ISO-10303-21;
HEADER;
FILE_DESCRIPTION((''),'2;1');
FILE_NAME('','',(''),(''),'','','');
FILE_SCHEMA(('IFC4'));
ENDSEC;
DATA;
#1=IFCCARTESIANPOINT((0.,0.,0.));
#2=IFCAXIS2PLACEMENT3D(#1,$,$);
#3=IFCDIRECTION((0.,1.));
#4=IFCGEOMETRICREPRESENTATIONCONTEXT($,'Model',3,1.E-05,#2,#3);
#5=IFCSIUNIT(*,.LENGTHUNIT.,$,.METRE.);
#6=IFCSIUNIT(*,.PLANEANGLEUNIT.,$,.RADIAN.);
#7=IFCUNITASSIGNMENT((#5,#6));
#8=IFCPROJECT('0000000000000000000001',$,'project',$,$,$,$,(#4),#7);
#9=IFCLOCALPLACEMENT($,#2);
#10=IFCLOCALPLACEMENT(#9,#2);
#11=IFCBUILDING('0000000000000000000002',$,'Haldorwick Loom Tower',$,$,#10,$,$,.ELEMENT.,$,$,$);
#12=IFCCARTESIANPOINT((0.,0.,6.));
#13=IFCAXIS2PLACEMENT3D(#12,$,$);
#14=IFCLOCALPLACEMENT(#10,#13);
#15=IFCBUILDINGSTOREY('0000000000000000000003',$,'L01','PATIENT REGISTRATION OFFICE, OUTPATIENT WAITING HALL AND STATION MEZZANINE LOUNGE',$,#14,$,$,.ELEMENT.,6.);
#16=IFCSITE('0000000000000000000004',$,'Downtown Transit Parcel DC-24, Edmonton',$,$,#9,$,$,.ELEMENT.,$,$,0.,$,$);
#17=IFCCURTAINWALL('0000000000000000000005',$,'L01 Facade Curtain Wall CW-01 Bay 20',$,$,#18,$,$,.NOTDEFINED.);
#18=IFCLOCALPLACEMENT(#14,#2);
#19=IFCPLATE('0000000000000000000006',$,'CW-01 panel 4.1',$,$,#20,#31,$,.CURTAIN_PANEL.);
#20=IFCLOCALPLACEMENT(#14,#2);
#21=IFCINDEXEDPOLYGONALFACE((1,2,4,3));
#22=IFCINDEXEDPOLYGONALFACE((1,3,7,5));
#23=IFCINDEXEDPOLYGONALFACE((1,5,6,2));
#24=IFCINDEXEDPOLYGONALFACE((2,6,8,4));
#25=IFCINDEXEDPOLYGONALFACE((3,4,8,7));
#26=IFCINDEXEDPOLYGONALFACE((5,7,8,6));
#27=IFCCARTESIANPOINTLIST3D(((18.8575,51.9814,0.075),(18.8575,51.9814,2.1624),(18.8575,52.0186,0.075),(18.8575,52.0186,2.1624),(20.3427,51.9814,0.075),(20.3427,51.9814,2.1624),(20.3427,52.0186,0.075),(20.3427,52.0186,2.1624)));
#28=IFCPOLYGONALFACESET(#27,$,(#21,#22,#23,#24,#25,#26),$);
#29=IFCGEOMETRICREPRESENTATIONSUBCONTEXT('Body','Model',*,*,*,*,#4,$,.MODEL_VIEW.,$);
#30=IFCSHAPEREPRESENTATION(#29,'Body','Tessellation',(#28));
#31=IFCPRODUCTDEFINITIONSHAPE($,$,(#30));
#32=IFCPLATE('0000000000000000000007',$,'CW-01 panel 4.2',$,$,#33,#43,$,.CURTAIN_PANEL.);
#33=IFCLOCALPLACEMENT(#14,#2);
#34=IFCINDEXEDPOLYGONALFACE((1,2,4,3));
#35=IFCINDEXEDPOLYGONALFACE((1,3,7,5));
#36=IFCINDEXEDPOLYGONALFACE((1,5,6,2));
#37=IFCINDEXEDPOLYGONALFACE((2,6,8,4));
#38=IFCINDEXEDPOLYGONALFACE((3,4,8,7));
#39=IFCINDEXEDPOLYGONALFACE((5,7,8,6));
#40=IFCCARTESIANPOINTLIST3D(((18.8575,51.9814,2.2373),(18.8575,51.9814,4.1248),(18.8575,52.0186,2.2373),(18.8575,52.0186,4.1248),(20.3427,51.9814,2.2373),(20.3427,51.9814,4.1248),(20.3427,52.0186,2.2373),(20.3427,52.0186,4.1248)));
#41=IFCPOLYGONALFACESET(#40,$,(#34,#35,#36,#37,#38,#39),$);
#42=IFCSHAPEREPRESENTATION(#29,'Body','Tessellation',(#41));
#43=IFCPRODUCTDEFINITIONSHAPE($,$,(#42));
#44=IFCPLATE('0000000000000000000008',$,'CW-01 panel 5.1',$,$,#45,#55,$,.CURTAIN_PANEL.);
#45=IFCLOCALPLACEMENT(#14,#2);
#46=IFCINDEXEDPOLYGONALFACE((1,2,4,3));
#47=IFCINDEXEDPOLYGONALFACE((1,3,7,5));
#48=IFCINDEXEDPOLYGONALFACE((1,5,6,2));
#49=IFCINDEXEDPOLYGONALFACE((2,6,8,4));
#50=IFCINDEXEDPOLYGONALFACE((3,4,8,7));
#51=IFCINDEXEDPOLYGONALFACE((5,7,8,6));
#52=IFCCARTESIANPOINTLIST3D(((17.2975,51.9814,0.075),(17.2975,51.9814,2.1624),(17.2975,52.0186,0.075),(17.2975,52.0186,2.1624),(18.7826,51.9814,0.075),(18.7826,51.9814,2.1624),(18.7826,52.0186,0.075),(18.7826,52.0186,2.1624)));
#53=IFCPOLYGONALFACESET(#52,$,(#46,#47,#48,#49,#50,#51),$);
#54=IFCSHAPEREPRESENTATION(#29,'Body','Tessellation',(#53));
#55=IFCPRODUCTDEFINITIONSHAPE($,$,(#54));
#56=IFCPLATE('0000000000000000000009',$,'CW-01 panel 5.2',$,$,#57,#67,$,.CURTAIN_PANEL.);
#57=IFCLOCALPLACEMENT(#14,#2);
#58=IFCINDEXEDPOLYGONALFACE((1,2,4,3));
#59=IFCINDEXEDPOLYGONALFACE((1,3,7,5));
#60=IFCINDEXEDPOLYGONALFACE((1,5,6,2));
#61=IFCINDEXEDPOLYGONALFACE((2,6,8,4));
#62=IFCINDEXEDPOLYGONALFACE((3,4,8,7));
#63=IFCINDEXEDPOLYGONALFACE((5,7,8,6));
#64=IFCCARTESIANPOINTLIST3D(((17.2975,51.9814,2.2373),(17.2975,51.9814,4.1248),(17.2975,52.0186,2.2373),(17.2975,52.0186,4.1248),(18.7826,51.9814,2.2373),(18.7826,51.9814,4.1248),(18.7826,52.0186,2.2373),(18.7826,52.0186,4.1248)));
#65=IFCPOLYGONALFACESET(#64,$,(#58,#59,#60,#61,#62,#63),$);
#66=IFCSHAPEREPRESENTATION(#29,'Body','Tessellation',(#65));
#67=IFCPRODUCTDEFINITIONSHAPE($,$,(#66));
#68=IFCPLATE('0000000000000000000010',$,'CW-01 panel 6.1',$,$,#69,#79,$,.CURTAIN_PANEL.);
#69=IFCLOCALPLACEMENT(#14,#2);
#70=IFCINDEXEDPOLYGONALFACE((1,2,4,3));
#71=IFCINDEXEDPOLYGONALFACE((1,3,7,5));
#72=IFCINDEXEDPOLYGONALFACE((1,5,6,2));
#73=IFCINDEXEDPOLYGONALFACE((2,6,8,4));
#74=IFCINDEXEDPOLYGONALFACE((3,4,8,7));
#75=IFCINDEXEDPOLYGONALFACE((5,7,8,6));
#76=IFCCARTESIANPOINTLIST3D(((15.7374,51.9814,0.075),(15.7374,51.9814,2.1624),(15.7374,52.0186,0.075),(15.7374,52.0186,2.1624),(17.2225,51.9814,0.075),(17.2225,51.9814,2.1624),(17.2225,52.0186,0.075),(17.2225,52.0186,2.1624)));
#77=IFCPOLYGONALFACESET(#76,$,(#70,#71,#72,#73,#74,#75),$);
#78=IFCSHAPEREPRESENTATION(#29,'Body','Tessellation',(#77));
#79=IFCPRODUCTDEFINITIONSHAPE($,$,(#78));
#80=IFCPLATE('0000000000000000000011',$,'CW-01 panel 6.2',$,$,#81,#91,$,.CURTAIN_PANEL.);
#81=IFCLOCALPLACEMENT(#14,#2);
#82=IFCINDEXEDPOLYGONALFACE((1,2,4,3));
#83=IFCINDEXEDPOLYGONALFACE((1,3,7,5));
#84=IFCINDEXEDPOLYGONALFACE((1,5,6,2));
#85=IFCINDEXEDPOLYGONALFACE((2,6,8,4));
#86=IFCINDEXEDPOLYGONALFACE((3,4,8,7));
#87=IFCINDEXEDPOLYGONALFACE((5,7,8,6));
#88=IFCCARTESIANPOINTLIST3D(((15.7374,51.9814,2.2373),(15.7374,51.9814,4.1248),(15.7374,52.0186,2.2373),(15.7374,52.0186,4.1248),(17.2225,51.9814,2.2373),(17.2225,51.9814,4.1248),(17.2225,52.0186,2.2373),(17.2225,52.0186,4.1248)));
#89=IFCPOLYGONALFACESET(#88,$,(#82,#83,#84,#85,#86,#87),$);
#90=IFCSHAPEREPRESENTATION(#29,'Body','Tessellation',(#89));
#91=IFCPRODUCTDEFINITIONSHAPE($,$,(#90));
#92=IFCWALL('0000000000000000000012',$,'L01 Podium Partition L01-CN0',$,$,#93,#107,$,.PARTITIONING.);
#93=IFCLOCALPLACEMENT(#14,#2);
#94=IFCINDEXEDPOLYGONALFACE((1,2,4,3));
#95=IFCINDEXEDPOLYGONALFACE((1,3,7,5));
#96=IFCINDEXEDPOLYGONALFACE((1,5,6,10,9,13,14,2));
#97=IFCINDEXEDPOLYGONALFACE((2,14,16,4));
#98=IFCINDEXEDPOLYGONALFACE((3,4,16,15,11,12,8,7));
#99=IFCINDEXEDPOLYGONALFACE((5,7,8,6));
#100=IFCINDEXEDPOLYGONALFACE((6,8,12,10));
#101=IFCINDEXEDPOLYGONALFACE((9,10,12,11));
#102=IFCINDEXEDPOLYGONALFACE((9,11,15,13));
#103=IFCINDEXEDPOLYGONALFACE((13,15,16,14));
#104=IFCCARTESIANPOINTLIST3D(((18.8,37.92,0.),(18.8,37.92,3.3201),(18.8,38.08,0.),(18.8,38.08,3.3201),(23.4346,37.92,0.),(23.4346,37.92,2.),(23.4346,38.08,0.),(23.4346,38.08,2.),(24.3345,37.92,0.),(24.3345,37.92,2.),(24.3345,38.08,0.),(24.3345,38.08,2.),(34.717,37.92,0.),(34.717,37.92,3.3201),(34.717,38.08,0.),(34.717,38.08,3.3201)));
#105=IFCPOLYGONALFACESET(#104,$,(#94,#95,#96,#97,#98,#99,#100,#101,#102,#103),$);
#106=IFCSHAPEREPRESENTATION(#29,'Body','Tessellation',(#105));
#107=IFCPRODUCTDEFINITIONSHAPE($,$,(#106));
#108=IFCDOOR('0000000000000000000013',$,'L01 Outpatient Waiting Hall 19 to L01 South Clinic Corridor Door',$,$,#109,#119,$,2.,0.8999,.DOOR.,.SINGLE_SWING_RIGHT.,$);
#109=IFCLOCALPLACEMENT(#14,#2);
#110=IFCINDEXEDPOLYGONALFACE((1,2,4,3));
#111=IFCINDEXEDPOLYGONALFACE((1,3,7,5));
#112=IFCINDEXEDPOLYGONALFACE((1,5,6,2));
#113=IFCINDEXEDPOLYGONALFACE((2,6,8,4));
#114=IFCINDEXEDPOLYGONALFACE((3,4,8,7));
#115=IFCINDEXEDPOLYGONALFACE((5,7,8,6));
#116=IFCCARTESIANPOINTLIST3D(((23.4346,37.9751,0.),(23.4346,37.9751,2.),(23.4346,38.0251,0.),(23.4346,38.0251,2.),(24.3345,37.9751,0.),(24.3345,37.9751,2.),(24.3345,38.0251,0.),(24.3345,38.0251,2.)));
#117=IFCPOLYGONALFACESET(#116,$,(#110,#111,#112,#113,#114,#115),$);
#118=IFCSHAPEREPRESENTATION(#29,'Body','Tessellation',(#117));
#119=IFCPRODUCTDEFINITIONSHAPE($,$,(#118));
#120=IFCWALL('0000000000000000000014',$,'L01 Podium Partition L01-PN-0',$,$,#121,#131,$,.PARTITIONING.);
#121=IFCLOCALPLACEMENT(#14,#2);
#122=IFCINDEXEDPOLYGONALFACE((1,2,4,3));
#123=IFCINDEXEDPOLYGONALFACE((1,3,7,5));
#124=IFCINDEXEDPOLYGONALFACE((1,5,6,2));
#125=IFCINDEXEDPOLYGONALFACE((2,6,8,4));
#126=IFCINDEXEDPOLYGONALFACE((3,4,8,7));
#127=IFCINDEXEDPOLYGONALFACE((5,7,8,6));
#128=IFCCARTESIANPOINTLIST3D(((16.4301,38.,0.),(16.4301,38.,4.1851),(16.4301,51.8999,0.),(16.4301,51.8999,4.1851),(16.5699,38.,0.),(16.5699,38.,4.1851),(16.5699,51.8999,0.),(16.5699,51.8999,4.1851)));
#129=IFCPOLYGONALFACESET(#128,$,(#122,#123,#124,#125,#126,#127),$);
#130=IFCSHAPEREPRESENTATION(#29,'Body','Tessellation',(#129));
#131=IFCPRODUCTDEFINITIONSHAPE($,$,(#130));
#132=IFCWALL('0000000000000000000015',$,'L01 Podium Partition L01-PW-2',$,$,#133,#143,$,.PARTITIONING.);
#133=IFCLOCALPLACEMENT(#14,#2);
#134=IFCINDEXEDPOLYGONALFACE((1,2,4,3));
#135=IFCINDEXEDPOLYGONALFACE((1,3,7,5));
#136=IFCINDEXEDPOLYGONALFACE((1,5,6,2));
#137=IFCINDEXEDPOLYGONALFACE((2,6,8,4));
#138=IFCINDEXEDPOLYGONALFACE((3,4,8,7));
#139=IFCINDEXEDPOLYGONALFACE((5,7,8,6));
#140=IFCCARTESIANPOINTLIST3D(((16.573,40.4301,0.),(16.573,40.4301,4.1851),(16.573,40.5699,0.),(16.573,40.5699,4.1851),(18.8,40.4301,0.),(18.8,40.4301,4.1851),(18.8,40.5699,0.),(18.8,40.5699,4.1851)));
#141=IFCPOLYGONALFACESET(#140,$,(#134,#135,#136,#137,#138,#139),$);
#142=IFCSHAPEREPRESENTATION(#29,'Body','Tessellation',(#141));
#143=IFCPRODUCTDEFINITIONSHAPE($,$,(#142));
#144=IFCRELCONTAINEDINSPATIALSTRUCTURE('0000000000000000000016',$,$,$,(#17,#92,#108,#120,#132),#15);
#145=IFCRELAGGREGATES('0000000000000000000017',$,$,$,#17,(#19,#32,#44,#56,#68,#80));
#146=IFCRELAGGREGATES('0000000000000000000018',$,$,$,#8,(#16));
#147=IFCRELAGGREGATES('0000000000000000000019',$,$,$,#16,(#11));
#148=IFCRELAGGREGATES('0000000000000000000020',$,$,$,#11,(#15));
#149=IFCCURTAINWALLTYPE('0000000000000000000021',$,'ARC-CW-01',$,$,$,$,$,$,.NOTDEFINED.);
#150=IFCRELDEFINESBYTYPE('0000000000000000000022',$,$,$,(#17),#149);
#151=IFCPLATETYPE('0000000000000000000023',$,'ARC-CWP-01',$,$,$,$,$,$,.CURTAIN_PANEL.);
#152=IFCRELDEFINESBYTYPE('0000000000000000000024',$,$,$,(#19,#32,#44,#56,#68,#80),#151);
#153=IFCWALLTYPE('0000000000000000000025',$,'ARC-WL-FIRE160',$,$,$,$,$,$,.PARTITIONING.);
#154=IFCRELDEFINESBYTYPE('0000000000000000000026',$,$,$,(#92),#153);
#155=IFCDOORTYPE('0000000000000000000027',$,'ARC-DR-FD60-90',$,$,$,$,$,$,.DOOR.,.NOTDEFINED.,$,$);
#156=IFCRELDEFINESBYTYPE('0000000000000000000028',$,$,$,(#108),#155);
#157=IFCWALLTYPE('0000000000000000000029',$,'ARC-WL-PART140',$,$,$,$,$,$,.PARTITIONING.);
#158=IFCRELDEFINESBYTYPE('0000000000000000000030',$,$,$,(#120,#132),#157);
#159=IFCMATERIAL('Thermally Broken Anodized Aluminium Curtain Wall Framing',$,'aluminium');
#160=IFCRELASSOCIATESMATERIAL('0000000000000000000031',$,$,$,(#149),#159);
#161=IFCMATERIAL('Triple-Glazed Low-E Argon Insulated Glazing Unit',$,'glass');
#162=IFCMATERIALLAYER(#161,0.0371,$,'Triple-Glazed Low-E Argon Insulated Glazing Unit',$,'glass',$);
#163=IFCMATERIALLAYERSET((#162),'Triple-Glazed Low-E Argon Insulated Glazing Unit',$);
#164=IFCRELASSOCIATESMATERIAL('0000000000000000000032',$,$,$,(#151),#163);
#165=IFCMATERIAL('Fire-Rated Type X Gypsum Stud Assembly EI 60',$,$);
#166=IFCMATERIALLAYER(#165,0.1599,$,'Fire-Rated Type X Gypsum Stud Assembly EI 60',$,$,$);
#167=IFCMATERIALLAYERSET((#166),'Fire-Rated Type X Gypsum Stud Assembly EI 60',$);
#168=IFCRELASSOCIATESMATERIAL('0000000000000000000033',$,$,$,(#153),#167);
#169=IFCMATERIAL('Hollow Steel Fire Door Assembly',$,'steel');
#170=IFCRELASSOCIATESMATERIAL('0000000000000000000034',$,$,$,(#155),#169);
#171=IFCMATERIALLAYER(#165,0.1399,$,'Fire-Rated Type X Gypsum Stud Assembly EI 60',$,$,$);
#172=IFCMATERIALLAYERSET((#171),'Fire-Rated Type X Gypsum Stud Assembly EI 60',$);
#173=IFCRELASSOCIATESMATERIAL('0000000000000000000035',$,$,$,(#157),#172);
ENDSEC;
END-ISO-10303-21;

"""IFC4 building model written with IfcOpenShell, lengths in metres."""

from ifc_helpers import new_model, si_unit, direction, frame, frame_2d, origin, origin_2d, place, context, subcontext, project, spatial, rectangle, extrude, material, layer, layer_set, type_object, element, fill, aggregate, save


model = new_model("IFC4")

# Units and contexts
model_context = context("Model", 3, precision=1e-05, world=origin(), true_north=direction((0.0, 1.0)))
body_context = subcontext(model_context, "Body", "Model", "MODEL_VIEW")
ifc_project = project(units=[si_unit("LENGTHUNIT", "METRE"), si_unit("PLANEANGLEUNIT", "RADIAN")], contexts=[model_context])

# Site, building, storey
site_placement = place(None, origin())
site = spatial("IfcSite", under=ifc_project, at=site_placement, Name="Downtown Transit Parcel DC-24, Edmonton", CompositionType="ELEMENT", RefElevation=0.0)
building_placement = place(site_placement, origin())
building = spatial("IfcBuilding", under=site, at=building_placement, Name="Haldorwick Loom Tower", CompositionType="ELEMENT")
storey_placement = place(building_placement, frame((0.0, 0.0, 6.0)))
storey = spatial("IfcBuildingStorey", under=building, at=storey_placement, Name="L01", Description="PATIENT REGISTRATION OFFICE, OUTPATIENT WAITING HALL AND STATION MEZZANINE LOUNGE", CompositionType="ELEMENT", Elevation=6.0)

# Curtain wall, plates
ifc_material_1 = material(Name="Thermally Broken Anodized Aluminium Curtain Wall Framing", Category="aluminium")
curtain_wall_type = type_object("IfcCurtainWallType", Name="ARC-CW-01", PredefinedType="NOTDEFINED", material=ifc_material_1)
curtain_wall_placement = place(storey_placement, origin())
curtain_wall = element("IfcCurtainWall", 1, at=curtain_wall_placement, inside=storey, type_object=curtain_wall_type, Name="L01 Facade Curtain Wall CW-01 Bay 20", PredefinedType="NOTDEFINED")
ifc_material_2 = material(Name="Triple-Glazed Low-E Argon Insulated Glazing Unit", Category="glass")
ifc_layer_1 = layer(ifc_material_2, 0.0371, Name="Triple-Glazed Low-E Argon Insulated Glazing Unit", Category="glass")
ifc_layer_set_1 = layer_set([ifc_layer_1], Name="Triple-Glazed Low-E Argon Insulated Glazing Unit")
plate_type = type_object("IfcPlateType", Name="ARC-CWP-01", PredefinedType="CURTAIN_PANEL", material=ifc_layer_set_1)
plate_1_placement = place(storey_placement, frame((19.6001, 52.0, 0.075), z_axis=(0.0, 0.0, 1.0), x_axis=(-1.0, 0.0, 0.0)))
plate_1 = element("IfcPlate", 2, at=plate_1_placement, type_object=plate_type, Name="CW-01 panel 4.1", PredefinedType="CURTAIN_PANEL", context=body_context, shape_type="SweptSolid", body=[
    extrude(rectangle(XDim=1.4851, YDim=0.0371, at=origin_2d()), origin(), (0.0, 0.0, 1.0), 2.0874),
])
plate_2_placement = place(storey_placement, frame((19.6001, 52.0, 2.2373), z_axis=(0.0, 0.0, 1.0), x_axis=(-1.0, 0.0, 0.0)))
plate_2 = element("IfcPlate", 3, at=plate_2_placement, type_object=plate_type, Name="CW-01 panel 4.2", PredefinedType="CURTAIN_PANEL", context=body_context, shape_type="SweptSolid", body=[
    extrude(rectangle(XDim=1.4851, YDim=0.0371, at=origin_2d()), origin(), (0.0, 0.0, 1.0), 1.8875),
])
plate_3_placement = place(storey_placement, frame((18.04, 52.0, 0.075), z_axis=(0.0, 0.0, 1.0), x_axis=(-1.0, 0.0, 0.0)))
plate_3 = element("IfcPlate", 4, at=plate_3_placement, type_object=plate_type, Name="CW-01 panel 5.1", PredefinedType="CURTAIN_PANEL", context=body_context, shape_type="SweptSolid", body=[
    extrude(rectangle(XDim=1.4851, YDim=0.0371, at=origin_2d()), origin(), (0.0, 0.0, 1.0), 2.0874),
])
plate_4_placement = place(storey_placement, frame((18.04, 52.0, 2.2373), z_axis=(0.0, 0.0, 1.0), x_axis=(-1.0, 0.0, 0.0)))
plate_4 = element("IfcPlate", 5, at=plate_4_placement, type_object=plate_type, Name="CW-01 panel 5.2", PredefinedType="CURTAIN_PANEL", context=body_context, shape_type="SweptSolid", body=[
    extrude(rectangle(XDim=1.4851, YDim=0.0371, at=origin_2d()), origin(), (0.0, 0.0, 1.0), 1.8875),
])
plate_5_placement = place(storey_placement, frame((16.48, 52.0, 0.075), z_axis=(0.0, 0.0, 1.0), x_axis=(-1.0, 0.0, 0.0)))
plate_5 = element("IfcPlate", 6, at=plate_5_placement, type_object=plate_type, Name="CW-01 panel 6.1", PredefinedType="CURTAIN_PANEL", context=body_context, shape_type="SweptSolid", body=[
    extrude(rectangle(XDim=1.4851, YDim=0.0371, at=origin_2d()), origin(), (0.0, 0.0, 1.0), 2.0874),
])
plate_6_placement = place(storey_placement, frame((16.48, 52.0, 2.2373), z_axis=(0.0, 0.0, 1.0), x_axis=(-1.0, 0.0, 0.0)))
plate_6 = element("IfcPlate", 7, at=plate_6_placement, type_object=plate_type, Name="CW-01 panel 6.2", PredefinedType="CURTAIN_PANEL", context=body_context, shape_type="SweptSolid", body=[
    extrude(rectangle(XDim=1.4851, YDim=0.0371, at=origin_2d()), origin(), (0.0, 0.0, 1.0), 1.8875),
])
aggregate(curtain_wall, [plate_1, plate_2, plate_3, plate_4, plate_5, plate_6])

# Wall, opening, door
ifc_material_3 = material(Name="Fire-Rated Type X Gypsum Stud Assembly EI 60")
ifc_layer_2 = layer(ifc_material_3, 0.1599, Name="Fire-Rated Type X Gypsum Stud Assembly EI 60")
ifc_layer_set_2 = layer_set([ifc_layer_2], Name="Fire-Rated Type X Gypsum Stud Assembly EI 60")
wall_type_1 = type_object("IfcWallType", Name="ARC-WL-FIRE160", PredefinedType="PARTITIONING", material=ifc_layer_set_2)
wall_1_placement = place(storey_placement, frame((18.8, 38.0, 0.0), z_axis=(0.0, 0.0, 1.0), x_axis=(1.0, 0.0, 0.0)))
wall_1 = element("IfcWall", 8, at=wall_1_placement, inside=storey, type_object=wall_type_1, Name="L01 Podium Partition L01-CN0", PredefinedType="PARTITIONING", context=body_context, shape_type="SweptSolid", body=[
    extrude(rectangle(XDim=15.917, YDim=0.1599, at=frame_2d((7.9585, 0.0))), origin(), (0.0, 0.0, 1.0), 3.3201),
])
opening_placement = place(wall_1_placement, frame((4.6345, 0.0, 0.0)))
opening = element("IfcOpeningElement", 9, at=opening_placement, cuts=wall_1, PredefinedType="OPENING", context=body_context, shape_type="SweptSolid", body=[
    extrude(rectangle(XDim=0.8999, YDim=2.0, at=frame_2d((0.45, 1.0))), frame((0.0, 0.0898, 0.0), z_axis=(0.0, -1.0, 0.0), x_axis=(1.0, 0.0, 0.0)), (0.0, 0.0, 1.0), 0.1799),
])
ifc_material_4 = material(Name="Hollow Steel Fire Door Assembly", Category="steel")
door_type = type_object("IfcDoorType", Name="ARC-DR-FD60-90", OperationType="NOTDEFINED", PredefinedType="DOOR", material=ifc_material_4)
door_placement = place(opening_placement, frame((0.8999, 0.0, 0.0), z_axis=(0.0, 0.0, 1.0), x_axis=(-1.0, 0.0, 0.0)))
door = element("IfcDoor", 10, at=door_placement, inside=storey, type_object=door_type, Name="L01 Outpatient Waiting Hall 19 to L01 South Clinic Corridor Door", OperationType="SINGLE_SWING_RIGHT", OverallHeight=2.0, OverallWidth=0.8999, PredefinedType="DOOR", context=body_context, shape_type="SweptSolid", body=[
    extrude(rectangle(XDim=0.8999, YDim=2.0, at=frame_2d((0.45, 1.0))), frame((0.0, 0.0249, 0.0), z_axis=(0.0, -1.0, 0.0), x_axis=(1.0, 0.0, 0.0)), (0.0, 0.0, 1.0), 0.05),
])
fill(opening, door)

# Walls
ifc_layer_3 = layer(ifc_material_3, 0.1399, Name="Fire-Rated Type X Gypsum Stud Assembly EI 60")
ifc_layer_set_3 = layer_set([ifc_layer_3], Name="Fire-Rated Type X Gypsum Stud Assembly EI 60")
wall_type_2 = type_object("IfcWallType", Name="ARC-WL-PART140", PredefinedType="PARTITIONING", material=ifc_layer_set_3)
wall_2_placement = place(storey_placement, frame((16.5, 38.0, 0.0), z_axis=(0.0, 0.0, 1.0), x_axis=(0.0, 1.0, 0.0)))
element("IfcWall", 11, at=wall_2_placement, inside=storey, type_object=wall_type_2, Name="L01 Podium Partition L01-PN-0", PredefinedType="PARTITIONING", context=body_context, shape_type="SweptSolid", body=[
    extrude(rectangle(XDim=13.8999, YDim=0.1399, at=frame_2d((6.95, 0.0))), origin(), (0.0, 0.0, 1.0), 4.1851),
])
wall_3_placement = place(storey_placement, frame((16.573, 40.5, 0.0), z_axis=(0.0, 0.0, 1.0), x_axis=(1.0, 0.0, 0.0)))
element("IfcWall", 12, at=wall_3_placement, inside=storey, type_object=wall_type_2, Name="L01 Podium Partition L01-PW-2", PredefinedType="PARTITIONING", context=body_context, shape_type="SweptSolid", body=[
    extrude(rectangle(XDim=2.2271, YDim=0.1399, at=frame_2d((1.1135, 0.0))), origin(), (0.0, 0.0, 1.0), 4.1851),
])

save(model, "model.ifc")
